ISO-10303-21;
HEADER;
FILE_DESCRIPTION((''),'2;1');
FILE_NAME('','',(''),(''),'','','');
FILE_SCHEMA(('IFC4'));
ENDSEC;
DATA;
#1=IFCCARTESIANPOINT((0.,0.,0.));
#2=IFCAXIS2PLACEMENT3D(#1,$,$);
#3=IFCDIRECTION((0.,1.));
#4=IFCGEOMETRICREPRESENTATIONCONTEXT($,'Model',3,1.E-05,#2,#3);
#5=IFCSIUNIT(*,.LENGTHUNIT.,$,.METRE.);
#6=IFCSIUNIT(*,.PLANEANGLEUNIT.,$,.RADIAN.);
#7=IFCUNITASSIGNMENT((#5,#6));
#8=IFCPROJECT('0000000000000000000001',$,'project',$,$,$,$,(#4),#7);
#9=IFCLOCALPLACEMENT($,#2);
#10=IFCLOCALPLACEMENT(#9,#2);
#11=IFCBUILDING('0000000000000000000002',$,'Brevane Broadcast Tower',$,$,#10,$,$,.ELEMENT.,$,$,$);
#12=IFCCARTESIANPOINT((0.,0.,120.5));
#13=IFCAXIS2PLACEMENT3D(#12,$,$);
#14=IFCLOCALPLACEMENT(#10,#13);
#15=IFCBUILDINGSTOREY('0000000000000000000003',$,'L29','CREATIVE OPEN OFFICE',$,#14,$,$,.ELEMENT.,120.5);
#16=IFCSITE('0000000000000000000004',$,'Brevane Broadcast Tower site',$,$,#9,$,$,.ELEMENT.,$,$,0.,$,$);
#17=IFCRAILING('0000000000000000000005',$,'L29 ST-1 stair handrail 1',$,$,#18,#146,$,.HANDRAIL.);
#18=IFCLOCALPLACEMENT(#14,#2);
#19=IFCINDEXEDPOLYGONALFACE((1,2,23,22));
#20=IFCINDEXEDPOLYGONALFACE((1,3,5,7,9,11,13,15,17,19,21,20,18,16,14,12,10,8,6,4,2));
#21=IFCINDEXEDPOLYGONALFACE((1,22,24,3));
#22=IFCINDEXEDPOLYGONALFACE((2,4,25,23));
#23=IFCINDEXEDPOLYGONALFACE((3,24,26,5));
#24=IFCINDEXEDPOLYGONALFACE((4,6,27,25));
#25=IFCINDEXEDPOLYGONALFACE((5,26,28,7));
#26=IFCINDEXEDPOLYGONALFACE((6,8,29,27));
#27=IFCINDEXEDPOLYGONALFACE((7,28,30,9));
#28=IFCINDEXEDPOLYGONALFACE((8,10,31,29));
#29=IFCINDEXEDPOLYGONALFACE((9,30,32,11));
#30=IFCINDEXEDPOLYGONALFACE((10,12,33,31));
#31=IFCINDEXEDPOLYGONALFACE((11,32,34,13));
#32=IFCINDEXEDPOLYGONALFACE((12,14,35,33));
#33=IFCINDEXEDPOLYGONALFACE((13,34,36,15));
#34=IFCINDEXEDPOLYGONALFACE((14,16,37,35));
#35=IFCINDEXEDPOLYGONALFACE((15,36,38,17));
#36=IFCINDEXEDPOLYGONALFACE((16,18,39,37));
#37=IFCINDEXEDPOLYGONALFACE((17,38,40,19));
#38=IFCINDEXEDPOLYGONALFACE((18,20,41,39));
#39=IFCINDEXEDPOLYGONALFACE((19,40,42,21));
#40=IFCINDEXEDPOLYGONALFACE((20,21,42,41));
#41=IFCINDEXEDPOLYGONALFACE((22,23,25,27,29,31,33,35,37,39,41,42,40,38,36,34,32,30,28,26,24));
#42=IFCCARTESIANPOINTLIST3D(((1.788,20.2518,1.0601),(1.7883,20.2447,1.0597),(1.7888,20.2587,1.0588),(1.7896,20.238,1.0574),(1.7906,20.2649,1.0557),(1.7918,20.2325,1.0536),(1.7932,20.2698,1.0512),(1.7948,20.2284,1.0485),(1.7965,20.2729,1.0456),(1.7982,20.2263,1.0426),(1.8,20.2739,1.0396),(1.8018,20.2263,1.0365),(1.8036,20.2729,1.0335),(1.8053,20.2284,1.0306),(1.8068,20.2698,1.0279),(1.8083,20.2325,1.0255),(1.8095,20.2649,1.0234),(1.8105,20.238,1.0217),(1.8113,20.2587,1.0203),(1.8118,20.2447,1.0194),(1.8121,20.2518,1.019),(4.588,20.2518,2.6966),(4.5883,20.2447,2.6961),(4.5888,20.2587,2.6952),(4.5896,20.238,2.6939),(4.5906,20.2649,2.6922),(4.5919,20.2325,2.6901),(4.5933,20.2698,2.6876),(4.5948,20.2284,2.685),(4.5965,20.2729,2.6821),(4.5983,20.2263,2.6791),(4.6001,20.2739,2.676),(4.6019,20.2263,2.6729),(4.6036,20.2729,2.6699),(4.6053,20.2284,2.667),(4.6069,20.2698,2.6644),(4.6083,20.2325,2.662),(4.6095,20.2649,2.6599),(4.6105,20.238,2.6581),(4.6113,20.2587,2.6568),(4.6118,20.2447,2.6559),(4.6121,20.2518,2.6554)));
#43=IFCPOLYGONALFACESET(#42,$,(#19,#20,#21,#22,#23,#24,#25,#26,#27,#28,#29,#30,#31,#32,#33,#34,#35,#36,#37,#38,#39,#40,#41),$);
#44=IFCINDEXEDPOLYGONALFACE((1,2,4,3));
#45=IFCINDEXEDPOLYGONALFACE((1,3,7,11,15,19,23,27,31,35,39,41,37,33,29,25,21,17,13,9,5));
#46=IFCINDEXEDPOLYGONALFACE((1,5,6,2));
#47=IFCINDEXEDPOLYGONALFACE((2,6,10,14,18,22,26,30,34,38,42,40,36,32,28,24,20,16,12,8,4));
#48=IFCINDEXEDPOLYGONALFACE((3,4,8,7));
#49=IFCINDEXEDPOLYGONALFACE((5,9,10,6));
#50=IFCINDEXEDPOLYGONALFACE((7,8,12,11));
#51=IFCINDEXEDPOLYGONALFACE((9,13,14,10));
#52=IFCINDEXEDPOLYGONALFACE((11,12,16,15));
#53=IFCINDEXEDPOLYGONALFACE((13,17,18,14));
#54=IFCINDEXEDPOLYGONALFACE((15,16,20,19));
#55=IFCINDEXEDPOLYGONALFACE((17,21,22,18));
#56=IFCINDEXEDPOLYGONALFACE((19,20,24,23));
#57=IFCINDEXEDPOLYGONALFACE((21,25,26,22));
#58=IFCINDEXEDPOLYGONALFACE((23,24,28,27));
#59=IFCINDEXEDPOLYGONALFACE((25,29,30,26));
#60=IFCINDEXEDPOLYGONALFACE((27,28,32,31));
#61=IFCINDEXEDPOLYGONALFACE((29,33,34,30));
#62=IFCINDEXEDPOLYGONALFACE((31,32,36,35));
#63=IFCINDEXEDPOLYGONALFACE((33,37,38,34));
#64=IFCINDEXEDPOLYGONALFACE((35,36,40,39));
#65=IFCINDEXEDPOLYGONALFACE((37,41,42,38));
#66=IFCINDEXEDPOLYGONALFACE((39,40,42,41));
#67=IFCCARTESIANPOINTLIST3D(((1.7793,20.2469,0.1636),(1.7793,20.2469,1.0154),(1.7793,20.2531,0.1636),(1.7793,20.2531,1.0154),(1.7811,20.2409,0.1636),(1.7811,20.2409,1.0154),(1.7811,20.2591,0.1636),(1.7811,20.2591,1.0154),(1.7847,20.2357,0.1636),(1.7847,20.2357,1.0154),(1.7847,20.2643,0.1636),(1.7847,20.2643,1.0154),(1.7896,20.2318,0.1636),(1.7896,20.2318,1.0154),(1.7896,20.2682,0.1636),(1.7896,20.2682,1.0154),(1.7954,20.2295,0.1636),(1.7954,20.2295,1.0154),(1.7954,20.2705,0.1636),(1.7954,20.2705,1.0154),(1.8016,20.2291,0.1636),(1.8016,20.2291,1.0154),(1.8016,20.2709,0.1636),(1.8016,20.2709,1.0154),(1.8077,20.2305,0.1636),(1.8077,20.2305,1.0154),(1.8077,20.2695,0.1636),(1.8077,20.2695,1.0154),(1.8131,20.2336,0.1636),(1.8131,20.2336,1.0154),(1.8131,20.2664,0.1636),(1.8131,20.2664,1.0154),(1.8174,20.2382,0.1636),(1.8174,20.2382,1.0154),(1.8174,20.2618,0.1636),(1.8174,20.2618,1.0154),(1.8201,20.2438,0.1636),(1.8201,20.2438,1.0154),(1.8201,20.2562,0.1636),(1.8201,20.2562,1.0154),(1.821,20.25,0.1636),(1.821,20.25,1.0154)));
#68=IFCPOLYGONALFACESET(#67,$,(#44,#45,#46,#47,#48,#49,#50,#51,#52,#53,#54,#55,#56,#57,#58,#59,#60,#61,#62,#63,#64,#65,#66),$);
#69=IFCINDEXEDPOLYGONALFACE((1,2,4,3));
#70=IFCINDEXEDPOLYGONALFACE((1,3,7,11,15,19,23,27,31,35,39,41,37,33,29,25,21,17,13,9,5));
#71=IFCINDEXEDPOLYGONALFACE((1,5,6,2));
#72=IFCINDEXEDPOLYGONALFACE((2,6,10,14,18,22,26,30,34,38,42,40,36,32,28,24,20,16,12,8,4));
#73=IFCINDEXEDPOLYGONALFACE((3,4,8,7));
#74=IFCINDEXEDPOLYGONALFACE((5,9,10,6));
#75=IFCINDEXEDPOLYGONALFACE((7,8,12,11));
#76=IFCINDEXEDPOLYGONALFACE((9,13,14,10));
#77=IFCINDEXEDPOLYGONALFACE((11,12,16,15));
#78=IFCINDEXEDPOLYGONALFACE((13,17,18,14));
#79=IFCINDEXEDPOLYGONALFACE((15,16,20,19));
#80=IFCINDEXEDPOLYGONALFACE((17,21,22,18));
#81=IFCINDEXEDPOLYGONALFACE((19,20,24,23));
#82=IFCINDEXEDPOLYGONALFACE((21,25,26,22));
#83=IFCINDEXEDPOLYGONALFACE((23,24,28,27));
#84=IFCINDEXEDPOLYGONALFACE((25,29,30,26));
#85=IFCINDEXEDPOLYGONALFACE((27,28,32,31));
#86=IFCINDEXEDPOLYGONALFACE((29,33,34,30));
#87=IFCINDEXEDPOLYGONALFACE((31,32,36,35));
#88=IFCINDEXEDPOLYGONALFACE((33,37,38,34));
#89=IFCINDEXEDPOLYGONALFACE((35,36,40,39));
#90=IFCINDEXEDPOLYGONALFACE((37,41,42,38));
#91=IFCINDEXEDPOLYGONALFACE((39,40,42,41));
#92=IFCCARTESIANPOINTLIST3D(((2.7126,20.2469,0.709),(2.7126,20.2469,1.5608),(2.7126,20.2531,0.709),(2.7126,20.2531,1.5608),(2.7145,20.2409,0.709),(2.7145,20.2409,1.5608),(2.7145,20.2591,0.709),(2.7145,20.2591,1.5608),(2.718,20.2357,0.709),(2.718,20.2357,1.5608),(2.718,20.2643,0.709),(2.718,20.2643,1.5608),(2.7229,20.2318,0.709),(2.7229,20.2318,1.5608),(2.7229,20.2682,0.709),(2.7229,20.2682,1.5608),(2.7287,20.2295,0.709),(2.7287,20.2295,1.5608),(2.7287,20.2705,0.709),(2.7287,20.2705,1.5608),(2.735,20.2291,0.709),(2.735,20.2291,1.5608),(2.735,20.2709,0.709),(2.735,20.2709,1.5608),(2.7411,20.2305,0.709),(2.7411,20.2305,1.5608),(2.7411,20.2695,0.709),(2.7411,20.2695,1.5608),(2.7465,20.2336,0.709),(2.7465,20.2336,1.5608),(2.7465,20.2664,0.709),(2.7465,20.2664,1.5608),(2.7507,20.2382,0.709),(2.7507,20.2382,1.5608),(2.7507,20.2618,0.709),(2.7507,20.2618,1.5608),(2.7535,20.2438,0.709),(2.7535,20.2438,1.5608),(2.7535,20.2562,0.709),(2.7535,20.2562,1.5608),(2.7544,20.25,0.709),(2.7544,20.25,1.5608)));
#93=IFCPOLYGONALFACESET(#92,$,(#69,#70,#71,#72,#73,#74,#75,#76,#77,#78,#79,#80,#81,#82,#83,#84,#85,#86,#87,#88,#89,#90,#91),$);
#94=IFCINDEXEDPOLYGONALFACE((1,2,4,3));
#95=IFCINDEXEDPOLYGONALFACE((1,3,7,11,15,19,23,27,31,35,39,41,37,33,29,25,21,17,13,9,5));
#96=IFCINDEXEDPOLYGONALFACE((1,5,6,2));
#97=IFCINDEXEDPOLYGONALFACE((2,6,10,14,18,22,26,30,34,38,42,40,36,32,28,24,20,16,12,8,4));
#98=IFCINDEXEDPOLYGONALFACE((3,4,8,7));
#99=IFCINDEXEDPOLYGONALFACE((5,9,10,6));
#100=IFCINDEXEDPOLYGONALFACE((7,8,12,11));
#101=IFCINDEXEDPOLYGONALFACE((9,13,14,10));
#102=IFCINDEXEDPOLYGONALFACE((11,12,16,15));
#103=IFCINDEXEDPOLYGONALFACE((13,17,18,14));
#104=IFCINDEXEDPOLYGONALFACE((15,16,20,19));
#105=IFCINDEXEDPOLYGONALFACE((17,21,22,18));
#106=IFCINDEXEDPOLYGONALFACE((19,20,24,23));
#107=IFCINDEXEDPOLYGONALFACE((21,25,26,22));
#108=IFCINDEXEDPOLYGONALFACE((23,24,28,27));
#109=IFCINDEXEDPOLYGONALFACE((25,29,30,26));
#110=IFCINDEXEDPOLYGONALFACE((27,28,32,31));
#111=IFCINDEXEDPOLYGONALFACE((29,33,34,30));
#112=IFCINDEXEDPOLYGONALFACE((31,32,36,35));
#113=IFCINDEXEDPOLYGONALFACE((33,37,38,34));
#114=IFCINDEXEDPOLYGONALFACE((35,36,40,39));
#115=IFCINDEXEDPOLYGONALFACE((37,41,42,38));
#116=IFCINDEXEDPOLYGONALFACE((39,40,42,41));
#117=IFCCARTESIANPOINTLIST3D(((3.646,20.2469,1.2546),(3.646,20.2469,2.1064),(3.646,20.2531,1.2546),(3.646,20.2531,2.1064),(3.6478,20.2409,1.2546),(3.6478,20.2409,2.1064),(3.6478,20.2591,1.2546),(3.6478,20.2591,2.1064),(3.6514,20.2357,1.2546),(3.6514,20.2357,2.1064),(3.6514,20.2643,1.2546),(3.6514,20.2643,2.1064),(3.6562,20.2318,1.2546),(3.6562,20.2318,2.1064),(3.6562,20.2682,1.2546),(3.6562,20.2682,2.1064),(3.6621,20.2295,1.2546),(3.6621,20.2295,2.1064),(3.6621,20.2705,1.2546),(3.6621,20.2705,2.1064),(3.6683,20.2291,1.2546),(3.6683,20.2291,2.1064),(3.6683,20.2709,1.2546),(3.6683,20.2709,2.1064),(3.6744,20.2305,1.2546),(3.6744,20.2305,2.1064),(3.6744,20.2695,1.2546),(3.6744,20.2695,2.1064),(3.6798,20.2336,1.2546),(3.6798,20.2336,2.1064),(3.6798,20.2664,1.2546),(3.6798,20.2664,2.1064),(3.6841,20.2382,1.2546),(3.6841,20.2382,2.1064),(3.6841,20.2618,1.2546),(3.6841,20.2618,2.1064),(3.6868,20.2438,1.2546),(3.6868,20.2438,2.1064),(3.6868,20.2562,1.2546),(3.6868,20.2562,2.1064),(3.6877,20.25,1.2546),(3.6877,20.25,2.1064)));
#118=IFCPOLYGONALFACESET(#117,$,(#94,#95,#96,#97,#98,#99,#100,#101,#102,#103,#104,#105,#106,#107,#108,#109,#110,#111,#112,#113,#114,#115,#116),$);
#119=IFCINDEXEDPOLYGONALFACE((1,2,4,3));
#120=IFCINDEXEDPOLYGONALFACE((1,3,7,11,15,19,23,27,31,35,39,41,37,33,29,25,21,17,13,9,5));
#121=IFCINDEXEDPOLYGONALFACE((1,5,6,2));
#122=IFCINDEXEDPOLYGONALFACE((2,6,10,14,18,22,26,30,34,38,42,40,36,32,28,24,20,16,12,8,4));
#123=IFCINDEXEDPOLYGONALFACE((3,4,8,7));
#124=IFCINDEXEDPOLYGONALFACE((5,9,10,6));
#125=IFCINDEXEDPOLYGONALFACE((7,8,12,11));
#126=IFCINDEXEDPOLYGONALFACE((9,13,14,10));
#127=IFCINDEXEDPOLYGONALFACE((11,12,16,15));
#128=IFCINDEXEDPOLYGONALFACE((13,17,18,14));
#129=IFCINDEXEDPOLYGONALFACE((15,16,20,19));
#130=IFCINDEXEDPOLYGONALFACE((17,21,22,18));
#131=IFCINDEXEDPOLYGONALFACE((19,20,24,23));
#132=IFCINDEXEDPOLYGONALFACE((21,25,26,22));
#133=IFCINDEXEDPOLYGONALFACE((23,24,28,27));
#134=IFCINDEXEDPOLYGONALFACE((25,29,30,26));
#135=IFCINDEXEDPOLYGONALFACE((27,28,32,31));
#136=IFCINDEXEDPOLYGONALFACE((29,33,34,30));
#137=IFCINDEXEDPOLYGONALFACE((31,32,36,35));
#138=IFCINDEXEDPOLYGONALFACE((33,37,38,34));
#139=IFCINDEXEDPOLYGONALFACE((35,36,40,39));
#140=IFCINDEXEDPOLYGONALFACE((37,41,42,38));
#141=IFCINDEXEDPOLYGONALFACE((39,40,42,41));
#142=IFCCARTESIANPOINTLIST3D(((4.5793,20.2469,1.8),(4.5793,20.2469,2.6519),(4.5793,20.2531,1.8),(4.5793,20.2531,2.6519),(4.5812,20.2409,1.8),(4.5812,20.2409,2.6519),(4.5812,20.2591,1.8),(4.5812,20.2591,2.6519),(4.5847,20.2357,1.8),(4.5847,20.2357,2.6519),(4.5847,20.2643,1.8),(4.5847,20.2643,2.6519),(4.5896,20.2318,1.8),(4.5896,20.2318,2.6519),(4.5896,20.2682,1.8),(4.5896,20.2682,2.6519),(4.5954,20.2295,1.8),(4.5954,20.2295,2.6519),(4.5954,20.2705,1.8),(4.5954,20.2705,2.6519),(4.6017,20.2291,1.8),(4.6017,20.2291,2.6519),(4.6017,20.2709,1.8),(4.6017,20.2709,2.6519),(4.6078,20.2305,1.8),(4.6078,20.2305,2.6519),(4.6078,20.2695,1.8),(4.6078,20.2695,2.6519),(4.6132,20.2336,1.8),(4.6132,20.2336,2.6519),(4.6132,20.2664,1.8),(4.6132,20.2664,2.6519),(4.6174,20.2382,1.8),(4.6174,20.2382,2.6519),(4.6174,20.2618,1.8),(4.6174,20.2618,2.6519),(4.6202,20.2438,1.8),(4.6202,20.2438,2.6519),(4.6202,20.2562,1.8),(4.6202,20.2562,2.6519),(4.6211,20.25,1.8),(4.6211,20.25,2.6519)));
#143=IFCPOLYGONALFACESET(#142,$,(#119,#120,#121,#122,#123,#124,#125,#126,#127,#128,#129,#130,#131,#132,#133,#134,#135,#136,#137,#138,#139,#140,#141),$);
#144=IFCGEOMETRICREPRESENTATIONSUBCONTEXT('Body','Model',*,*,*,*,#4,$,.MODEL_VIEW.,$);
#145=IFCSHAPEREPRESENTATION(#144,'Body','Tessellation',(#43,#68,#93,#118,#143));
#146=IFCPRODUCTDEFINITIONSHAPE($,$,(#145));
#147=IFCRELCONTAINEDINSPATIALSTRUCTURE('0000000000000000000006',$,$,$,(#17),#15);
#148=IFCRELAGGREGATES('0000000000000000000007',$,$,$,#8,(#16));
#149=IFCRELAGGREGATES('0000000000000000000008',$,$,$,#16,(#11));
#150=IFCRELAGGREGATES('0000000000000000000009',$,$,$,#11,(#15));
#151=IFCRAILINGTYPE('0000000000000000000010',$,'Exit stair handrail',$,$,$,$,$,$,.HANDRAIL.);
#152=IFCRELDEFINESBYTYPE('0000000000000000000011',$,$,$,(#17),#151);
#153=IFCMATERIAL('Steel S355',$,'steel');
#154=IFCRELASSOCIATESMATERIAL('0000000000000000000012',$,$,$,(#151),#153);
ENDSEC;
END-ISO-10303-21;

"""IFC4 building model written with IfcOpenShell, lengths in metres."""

from ifc_helpers import new_model, si_unit, direction, frame, origin, origin_2d, place, context, subcontext, project, spatial, circle, extrude, material, type_object, element, save


model = new_model("IFC4")

# Units and contexts
model_context = context("Model", 3, precision=1e-05, world=origin(), true_north=direction((0.0, 1.0)))
body_context = subcontext(model_context, "Body", "Model", "MODEL_VIEW")
ifc_project = project(units=[si_unit("LENGTHUNIT", "METRE"), si_unit("PLANEANGLEUNIT", "RADIAN")], contexts=[model_context])

# Site, building, storey
site_placement = place(None, origin())
site = spatial("IfcSite", under=ifc_project, at=site_placement, Name="Brevane Broadcast Tower site", CompositionType="ELEMENT", RefElevation=0.0)
building_placement = place(site_placement, origin())
building = spatial("IfcBuilding", under=site, at=building_placement, Name="Brevane Broadcast Tower", CompositionType="ELEMENT")
storey_placement = place(building_placement, frame((0.0, 0.0, 120.5)))
storey = spatial("IfcBuildingStorey", under=building, at=storey_placement, Name="L29", Description="CREATIVE OPEN OFFICE", CompositionType="ELEMENT", Elevation=120.5)

# Railing
ifc_material_1 = material(Name="Steel S355", Category="steel")
railing_type_1 = type_object("IfcRailingType", Name="Exit stair handrail", PredefinedType="HANDRAIL", material=ifc_material_1)
railing_1_placement = place(storey_placement, frame((1.8, 20.25, 0.1636)))
element("IfcRailing", 1, at=railing_1_placement, inside=storey, type_object=railing_type_1, Name="L29 ST-1 stair handrail 1", PredefinedType="HANDRAIL", context=body_context, shape_type="SweptSolid", body=[
    extrude(circle(Radius=0.0239, at=origin_2d()), frame((0.0, 0.0, 0.876), z_axis=(0.863361, 0.0, 0.504587), x_axis=(0.0, 1.0, 0.0)), (0.0, 0.0, 1.0), 3.2432),
    extrude(circle(Radius=0.021, at=origin_2d()), origin(), (0.0, 0.0, 1.0), 0.8518),
    extrude(circle(Radius=0.021, at=origin_2d()), frame((0.9333, 0.0, 0.5454)), (0.0, 0.0, 1.0), 0.8518),
    extrude(circle(Radius=0.021, at=origin_2d()), frame((1.8667, 0.0, 1.0911)), (0.0, 0.0, 1.0), 0.8518),
    extrude(circle(Radius=0.021, at=origin_2d()), frame((2.8, 0.0, 1.6365)), (0.0, 0.0, 1.0), 0.8518),
])

save(model, "model.ifc")
